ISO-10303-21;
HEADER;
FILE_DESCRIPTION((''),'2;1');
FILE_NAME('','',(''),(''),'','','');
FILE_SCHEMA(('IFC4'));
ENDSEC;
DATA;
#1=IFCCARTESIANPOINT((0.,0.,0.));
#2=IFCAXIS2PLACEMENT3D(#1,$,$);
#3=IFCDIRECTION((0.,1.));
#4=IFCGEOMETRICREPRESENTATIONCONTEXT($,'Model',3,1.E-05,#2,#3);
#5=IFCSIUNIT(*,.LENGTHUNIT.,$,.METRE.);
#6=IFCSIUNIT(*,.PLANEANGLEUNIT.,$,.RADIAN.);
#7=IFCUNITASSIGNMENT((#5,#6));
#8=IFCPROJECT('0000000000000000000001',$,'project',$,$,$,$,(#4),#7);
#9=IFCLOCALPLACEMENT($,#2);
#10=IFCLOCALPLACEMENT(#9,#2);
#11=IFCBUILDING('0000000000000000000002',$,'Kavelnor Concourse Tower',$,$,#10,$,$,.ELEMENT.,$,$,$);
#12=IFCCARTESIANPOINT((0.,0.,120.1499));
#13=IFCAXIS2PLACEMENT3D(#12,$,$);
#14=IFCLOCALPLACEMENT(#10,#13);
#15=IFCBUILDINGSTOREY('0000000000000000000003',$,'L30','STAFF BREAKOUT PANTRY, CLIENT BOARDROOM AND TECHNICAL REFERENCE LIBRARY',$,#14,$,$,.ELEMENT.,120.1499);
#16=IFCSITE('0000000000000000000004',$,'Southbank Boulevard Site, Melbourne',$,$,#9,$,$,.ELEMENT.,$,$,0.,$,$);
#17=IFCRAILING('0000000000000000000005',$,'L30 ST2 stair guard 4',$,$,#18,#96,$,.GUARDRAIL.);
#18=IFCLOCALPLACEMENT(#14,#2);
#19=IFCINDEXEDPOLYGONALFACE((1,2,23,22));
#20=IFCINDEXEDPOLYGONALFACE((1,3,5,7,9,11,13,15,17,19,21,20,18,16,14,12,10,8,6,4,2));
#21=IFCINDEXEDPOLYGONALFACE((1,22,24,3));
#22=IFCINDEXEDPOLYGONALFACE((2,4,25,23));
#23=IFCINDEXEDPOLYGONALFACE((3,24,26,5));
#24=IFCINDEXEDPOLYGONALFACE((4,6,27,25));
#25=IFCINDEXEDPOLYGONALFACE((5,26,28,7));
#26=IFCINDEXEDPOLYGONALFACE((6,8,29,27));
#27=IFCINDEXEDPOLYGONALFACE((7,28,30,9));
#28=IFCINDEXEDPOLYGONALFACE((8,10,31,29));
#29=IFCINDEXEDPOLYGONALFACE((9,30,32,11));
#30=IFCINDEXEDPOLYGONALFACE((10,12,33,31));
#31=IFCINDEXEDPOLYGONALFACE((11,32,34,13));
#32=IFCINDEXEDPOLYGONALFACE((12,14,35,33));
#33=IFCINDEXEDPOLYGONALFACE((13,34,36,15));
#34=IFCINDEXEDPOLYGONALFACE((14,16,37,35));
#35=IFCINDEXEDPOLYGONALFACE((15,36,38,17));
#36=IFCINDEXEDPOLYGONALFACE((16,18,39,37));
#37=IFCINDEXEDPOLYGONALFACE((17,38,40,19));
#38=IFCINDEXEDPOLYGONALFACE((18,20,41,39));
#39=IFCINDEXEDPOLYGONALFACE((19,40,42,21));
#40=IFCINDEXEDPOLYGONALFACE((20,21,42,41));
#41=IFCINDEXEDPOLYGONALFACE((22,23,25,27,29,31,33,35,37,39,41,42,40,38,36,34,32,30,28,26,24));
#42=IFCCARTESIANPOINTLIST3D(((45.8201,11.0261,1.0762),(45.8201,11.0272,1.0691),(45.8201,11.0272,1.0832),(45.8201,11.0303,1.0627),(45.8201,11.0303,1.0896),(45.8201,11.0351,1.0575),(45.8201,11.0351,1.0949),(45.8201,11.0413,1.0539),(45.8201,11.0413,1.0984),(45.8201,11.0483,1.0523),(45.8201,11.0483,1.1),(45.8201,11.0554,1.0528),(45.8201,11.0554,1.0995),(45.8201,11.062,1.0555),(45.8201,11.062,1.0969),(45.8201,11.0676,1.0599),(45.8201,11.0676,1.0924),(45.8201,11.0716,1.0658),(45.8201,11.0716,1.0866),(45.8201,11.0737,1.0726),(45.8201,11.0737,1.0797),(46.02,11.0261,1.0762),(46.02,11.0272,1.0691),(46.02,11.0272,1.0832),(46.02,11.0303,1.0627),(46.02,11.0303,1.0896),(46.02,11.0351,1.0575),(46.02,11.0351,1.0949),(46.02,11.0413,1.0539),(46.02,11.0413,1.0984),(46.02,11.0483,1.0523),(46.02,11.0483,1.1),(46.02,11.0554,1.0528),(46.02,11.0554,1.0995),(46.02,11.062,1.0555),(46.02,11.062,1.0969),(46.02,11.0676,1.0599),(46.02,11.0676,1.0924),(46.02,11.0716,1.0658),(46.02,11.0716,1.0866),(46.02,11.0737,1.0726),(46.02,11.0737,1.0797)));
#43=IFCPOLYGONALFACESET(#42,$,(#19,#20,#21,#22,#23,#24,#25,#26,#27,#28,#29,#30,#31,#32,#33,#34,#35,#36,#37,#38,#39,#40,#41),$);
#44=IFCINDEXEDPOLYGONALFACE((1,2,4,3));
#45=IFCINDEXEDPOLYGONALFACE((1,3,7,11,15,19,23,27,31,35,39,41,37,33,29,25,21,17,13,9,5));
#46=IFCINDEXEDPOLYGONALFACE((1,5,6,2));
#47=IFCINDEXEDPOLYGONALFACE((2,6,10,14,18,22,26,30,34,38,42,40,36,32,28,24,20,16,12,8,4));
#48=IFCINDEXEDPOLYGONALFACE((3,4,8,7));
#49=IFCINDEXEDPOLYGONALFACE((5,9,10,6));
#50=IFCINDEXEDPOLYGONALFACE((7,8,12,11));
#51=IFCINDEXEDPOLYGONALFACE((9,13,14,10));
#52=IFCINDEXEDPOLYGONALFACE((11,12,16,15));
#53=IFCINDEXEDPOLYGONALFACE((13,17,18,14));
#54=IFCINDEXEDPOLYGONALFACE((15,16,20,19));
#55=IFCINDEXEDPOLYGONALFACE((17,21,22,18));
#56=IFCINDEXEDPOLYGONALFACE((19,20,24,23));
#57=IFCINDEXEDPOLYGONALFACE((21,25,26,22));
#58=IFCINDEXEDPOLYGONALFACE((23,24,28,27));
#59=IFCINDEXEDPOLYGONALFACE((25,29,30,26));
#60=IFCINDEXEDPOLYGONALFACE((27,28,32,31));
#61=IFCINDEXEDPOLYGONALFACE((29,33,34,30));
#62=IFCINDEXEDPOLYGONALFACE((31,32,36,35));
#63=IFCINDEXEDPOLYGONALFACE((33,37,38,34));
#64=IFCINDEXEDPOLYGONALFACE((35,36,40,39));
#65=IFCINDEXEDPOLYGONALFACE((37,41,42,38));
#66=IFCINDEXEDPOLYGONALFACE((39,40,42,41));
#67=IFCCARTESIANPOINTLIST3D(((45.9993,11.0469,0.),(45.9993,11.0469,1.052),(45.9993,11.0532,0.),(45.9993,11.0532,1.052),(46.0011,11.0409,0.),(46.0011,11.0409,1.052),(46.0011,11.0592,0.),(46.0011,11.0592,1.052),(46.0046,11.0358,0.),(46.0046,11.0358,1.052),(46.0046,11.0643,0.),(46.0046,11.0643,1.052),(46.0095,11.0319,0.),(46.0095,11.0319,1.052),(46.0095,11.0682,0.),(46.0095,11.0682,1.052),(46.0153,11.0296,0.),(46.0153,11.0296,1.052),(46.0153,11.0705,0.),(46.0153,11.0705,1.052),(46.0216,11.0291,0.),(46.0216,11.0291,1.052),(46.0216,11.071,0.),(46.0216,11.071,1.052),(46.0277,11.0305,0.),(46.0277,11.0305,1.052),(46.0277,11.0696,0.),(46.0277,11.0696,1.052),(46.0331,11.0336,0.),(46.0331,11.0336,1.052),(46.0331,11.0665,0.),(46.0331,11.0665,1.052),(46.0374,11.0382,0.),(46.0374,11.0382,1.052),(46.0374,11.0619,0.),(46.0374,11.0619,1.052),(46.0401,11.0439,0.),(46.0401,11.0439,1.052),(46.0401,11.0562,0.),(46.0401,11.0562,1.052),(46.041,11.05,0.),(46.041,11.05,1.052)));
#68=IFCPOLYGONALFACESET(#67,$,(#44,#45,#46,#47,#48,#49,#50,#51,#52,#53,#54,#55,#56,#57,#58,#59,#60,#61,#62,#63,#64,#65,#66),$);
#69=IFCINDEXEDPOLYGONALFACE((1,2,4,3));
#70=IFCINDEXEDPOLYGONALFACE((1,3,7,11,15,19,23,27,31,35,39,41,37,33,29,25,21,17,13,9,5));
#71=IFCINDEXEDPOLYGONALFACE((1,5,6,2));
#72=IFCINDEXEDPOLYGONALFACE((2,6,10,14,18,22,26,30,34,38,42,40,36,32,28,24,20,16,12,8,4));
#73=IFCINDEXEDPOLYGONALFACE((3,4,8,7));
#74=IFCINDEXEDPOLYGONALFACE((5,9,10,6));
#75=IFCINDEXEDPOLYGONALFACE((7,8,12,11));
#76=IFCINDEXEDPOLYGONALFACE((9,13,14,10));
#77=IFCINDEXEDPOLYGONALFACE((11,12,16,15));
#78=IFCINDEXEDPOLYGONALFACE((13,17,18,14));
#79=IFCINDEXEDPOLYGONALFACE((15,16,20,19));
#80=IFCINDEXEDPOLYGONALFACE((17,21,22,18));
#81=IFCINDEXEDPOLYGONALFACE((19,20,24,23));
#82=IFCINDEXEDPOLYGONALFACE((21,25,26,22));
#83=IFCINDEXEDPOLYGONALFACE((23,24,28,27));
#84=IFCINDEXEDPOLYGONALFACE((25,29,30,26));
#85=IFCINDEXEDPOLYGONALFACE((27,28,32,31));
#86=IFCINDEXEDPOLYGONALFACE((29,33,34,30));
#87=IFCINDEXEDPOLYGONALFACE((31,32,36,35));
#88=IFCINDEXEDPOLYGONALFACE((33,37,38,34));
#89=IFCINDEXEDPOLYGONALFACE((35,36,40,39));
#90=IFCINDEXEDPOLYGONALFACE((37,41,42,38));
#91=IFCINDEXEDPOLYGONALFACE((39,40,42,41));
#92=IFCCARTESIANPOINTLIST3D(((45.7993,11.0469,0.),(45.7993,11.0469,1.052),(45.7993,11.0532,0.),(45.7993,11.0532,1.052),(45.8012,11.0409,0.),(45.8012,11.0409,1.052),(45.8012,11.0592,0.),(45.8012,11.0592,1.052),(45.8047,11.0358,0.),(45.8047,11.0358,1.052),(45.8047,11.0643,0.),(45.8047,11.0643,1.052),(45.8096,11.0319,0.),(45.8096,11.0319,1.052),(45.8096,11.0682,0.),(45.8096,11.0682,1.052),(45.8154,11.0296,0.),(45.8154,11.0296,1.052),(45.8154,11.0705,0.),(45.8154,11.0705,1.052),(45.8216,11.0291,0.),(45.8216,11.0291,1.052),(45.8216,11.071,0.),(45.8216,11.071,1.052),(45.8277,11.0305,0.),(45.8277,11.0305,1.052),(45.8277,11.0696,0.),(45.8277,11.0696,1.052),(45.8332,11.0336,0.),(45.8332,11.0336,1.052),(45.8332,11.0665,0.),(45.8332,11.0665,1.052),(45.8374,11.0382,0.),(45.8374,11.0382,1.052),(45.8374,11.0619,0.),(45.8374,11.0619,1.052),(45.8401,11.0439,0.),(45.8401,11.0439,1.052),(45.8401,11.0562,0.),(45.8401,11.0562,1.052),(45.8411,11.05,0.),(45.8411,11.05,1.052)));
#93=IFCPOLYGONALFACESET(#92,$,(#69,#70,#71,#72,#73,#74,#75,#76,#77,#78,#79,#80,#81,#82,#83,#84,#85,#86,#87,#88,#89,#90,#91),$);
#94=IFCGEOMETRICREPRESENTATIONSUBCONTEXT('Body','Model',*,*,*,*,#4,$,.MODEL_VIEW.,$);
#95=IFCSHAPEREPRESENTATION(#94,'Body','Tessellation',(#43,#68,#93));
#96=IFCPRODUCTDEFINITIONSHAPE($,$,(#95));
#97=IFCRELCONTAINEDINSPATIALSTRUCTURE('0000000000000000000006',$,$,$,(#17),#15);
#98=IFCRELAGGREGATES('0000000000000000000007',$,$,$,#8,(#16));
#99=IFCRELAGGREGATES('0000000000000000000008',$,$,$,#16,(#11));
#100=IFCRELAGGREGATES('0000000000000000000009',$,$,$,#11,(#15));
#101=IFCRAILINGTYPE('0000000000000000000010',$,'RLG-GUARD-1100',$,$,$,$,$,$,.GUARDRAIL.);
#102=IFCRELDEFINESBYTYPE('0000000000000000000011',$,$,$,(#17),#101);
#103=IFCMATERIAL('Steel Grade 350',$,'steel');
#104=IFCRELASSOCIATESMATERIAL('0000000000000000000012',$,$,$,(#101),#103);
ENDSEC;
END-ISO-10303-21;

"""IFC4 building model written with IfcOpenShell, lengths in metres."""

from ifc_helpers import new_model, si_unit, direction, frame, origin, origin_2d, place, context, subcontext, project, spatial, circle, extrude, material, type_object, element, save


model = new_model("IFC4")

# Units and contexts
model_context = context("Model", 3, precision=1e-05, world=origin(), true_north=direction((0.0, 1.0)))
body_context = subcontext(model_context, "Body", "Model", "MODEL_VIEW")
ifc_project = project(units=[si_unit("LENGTHUNIT", "METRE"), si_unit("PLANEANGLEUNIT", "RADIAN")], contexts=[model_context])

# Site, building, storey
site_placement = place(None, origin())
site = spatial("IfcSite", under=ifc_project, at=site_placement, Name="Southbank Boulevard Site, Melbourne", CompositionType="ELEMENT", RefElevation=0.0)
building_placement = place(site_placement, origin())
building = spatial("IfcBuilding", under=site, at=building_placement, Name="Kavelnor Concourse Tower", CompositionType="ELEMENT")
storey_placement = place(building_placement, frame((0.0, 0.0, 120.1499)))
storey = spatial("IfcBuildingStorey", under=building, at=storey_placement, Name="L30", Description="STAFF BREAKOUT PANTRY, CLIENT BOARDROOM AND TECHNICAL REFERENCE LIBRARY", CompositionType="ELEMENT", Elevation=120.1499)

# Shared definitions
ifc_material_1 = material(Name="Steel Grade 350", Category="steel")

# Railing
railing_type_1 = type_object("IfcRailingType", Name="RLG-GUARD-1100", PredefinedType="GUARDRAIL", material=ifc_material_1)
railing_1_placement = place(storey_placement, frame((46.02, 11.05, 0.0)))
element("IfcRailing", 1, at=railing_1_placement, inside=storey, type_object=railing_type_1, Name="L30 ST2 stair guard 4", PredefinedType="GUARDRAIL", context=body_context, shape_type="SweptSolid", body=[
    extrude(circle(Radius=0.0239, at=origin_2d()), frame((0.0, 0.0, 1.0762), z_axis=(-1.0, 0.0, 0.0), x_axis=(0.0, -1.0, 0.0)), (0.0, 0.0, 1.0), 0.2),
    extrude(circle(Radius=0.021, at=origin_2d()), origin(), (0.0, 0.0, 1.0), 1.052),
    extrude(circle(Radius=0.021, at=origin_2d()), frame((-0.2, 0.0, 0.0)), (0.0, 0.0, 1.0), 1.052),
])

save(model, "model.ifc")
